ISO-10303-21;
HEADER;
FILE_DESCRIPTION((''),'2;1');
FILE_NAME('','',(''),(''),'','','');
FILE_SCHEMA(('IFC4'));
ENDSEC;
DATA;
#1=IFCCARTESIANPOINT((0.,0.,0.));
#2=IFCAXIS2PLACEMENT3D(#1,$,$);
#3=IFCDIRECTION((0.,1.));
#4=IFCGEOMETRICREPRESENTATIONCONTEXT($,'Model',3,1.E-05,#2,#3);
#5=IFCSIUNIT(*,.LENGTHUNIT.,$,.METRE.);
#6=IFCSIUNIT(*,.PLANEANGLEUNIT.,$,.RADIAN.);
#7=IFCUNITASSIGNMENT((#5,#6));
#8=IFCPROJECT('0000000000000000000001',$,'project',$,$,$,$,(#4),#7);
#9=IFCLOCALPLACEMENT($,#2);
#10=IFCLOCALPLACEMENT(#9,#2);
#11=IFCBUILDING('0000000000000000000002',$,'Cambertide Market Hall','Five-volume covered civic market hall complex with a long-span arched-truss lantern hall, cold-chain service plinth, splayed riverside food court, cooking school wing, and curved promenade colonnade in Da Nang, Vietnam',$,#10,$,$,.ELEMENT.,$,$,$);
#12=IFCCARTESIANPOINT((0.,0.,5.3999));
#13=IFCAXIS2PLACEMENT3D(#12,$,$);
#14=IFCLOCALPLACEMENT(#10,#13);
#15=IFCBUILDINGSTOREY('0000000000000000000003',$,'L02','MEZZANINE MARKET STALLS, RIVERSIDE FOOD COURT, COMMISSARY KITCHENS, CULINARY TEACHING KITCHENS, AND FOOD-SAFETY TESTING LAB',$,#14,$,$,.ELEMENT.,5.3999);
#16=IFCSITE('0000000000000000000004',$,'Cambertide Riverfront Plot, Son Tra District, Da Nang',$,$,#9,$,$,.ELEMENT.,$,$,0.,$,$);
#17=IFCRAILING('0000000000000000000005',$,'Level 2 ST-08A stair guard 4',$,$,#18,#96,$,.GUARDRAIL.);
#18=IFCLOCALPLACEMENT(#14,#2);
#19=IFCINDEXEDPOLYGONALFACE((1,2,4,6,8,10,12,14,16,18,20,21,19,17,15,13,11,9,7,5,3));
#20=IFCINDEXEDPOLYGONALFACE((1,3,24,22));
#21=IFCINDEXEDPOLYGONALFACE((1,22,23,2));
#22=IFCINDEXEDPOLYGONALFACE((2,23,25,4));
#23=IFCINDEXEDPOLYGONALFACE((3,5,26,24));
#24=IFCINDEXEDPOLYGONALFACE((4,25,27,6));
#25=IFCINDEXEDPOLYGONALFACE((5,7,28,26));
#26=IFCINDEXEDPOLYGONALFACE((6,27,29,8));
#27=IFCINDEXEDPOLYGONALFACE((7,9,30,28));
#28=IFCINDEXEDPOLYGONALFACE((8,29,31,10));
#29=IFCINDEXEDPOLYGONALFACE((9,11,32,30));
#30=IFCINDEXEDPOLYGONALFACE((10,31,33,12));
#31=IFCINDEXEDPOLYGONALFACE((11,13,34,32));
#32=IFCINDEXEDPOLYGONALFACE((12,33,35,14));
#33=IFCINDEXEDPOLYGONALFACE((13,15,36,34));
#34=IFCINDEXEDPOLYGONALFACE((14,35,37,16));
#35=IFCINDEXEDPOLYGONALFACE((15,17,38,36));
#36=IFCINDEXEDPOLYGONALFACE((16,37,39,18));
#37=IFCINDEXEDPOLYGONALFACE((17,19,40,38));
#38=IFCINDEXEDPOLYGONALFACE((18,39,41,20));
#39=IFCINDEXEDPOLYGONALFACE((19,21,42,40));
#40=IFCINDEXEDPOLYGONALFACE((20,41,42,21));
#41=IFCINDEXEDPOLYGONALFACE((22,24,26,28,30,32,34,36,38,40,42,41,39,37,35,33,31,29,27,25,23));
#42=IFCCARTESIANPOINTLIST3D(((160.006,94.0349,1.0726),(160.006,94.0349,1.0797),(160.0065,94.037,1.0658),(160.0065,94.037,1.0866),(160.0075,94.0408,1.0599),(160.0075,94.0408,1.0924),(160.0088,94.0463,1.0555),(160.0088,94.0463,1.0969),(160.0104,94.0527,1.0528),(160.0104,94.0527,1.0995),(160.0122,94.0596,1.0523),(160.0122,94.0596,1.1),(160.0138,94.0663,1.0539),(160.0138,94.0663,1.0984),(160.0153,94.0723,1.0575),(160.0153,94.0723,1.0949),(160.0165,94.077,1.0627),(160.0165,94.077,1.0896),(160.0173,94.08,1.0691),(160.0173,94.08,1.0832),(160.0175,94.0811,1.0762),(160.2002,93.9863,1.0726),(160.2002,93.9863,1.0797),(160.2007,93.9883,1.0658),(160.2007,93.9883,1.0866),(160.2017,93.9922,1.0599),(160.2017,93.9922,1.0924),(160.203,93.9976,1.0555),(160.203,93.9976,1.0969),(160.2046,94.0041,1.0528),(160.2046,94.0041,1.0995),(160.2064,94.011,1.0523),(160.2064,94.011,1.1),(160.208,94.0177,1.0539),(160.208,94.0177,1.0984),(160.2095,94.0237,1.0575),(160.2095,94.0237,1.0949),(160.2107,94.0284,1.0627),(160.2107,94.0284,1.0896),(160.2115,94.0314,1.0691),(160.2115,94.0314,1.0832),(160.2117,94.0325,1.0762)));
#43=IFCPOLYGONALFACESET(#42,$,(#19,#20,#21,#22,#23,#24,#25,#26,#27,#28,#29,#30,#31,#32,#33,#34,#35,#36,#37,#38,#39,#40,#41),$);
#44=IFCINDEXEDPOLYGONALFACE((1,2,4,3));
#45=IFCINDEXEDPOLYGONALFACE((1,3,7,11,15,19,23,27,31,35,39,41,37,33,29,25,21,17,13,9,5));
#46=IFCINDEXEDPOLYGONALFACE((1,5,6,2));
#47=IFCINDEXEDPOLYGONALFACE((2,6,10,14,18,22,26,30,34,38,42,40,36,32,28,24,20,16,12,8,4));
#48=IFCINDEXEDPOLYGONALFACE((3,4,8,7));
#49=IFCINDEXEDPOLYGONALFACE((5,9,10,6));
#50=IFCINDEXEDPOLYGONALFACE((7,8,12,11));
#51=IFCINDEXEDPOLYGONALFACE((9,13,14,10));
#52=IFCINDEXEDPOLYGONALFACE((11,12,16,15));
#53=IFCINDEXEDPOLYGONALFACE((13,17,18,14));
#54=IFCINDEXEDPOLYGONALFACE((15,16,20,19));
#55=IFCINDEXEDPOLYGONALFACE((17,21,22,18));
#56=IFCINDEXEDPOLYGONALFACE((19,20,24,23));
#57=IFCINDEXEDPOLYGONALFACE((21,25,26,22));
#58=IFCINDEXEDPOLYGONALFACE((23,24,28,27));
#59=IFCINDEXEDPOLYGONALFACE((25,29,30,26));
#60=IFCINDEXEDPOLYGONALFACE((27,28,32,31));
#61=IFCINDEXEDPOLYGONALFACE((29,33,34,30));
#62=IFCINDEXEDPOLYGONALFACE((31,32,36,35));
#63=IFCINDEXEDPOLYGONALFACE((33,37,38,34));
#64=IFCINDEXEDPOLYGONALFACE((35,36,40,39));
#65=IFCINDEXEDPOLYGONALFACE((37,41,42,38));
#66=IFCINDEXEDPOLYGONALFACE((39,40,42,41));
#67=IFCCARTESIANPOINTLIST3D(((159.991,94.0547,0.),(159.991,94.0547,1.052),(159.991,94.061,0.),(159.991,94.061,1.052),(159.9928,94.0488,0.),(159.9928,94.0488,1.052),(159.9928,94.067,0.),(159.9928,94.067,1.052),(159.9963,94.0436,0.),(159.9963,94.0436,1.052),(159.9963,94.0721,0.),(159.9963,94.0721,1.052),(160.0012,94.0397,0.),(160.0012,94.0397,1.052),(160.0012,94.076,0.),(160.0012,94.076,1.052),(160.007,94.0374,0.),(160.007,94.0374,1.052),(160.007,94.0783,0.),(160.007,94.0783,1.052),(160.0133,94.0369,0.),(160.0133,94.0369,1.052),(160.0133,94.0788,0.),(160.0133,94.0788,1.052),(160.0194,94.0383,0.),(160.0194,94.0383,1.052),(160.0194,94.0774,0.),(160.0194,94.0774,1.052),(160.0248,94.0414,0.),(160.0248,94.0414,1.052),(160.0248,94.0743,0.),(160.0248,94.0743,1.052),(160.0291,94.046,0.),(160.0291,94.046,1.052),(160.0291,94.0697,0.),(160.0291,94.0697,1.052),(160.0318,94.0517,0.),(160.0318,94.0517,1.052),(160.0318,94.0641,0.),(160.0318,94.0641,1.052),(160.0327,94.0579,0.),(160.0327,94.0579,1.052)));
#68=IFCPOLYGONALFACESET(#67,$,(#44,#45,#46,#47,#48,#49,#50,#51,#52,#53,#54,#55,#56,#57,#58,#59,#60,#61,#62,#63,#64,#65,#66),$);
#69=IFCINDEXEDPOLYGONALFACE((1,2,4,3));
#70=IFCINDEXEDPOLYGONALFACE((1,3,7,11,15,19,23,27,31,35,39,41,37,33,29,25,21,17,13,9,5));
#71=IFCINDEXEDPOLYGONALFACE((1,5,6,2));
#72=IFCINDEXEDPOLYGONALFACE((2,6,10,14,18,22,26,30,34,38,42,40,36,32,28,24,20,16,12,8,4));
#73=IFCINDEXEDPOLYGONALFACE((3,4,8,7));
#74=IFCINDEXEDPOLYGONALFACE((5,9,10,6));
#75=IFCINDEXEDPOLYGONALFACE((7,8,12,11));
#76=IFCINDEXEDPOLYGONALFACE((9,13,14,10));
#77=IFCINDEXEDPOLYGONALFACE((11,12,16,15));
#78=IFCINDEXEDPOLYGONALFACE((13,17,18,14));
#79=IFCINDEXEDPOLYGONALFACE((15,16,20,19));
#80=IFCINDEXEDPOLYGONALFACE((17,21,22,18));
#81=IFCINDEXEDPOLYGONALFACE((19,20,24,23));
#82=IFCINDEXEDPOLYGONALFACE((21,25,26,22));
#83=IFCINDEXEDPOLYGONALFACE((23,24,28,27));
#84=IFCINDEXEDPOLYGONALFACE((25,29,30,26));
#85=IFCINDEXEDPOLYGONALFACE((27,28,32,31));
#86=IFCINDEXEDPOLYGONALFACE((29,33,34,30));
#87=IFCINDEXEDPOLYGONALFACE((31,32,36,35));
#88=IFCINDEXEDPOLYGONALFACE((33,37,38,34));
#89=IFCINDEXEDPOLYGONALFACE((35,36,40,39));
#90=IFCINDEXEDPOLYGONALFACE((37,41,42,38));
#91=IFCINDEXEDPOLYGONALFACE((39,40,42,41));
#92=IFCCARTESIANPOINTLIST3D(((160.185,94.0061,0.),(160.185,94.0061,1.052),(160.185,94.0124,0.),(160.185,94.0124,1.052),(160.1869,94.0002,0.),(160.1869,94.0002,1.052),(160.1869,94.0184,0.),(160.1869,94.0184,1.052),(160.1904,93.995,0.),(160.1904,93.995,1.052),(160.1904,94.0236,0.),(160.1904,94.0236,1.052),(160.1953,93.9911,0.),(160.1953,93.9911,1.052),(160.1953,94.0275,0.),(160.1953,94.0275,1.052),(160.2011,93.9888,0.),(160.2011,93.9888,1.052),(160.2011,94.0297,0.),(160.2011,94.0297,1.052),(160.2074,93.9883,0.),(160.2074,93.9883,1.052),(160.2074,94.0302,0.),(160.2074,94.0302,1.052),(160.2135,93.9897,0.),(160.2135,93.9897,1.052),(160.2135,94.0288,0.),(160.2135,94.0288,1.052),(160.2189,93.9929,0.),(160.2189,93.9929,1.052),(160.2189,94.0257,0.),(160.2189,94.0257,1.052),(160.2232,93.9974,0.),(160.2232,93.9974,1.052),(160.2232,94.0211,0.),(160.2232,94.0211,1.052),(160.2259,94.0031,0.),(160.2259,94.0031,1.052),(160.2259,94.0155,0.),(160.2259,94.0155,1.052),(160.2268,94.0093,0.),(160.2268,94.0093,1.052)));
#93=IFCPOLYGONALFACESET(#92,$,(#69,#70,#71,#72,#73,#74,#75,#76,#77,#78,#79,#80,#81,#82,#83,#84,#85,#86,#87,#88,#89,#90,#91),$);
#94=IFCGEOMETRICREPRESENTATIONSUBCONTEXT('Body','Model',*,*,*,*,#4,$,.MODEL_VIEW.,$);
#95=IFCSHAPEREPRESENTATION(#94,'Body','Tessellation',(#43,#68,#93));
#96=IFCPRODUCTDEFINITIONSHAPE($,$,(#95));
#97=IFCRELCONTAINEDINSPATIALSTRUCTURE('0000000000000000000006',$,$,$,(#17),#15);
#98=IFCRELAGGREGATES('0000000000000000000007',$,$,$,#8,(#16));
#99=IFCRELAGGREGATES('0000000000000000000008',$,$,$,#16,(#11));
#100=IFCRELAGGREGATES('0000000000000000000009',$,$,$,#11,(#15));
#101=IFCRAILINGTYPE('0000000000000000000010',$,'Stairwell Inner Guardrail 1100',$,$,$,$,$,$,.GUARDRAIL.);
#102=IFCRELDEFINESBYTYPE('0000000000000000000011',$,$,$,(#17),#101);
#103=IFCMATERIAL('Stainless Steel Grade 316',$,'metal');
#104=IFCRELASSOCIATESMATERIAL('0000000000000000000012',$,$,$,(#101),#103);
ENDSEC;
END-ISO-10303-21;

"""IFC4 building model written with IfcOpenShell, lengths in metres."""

from ifc_helpers import new_model, si_unit, direction, frame, origin, origin_2d, place, context, subcontext, project, spatial, circle, extrude, material, type_object, element, save


model = new_model("IFC4")

# Units and contexts
model_context = context("Model", 3, precision=1e-05, world=origin(), true_north=direction((0.0, 1.0)))
body_context = subcontext(model_context, "Body", "Model", "MODEL_VIEW")
ifc_project = project(units=[si_unit("LENGTHUNIT", "METRE"), si_unit("PLANEANGLEUNIT", "RADIAN")], contexts=[model_context])

# Site, building, storey
site_placement = place(None, origin())
site = spatial("IfcSite", under=ifc_project, at=site_placement, Name="Cambertide Riverfront Plot, Son Tra District, Da Nang", CompositionType="ELEMENT", RefElevation=0.0)
building_placement = place(site_placement, origin())
building = spatial("IfcBuilding", under=site, at=building_placement, Name="Cambertide Market Hall", Description="Five-volume covered civic market hall complex with a long-span arched-truss lantern hall, cold-chain service plinth, splayed riverside food court, cooking school wing, and curved promenade colonnade in Da Nang, Vietnam", CompositionType="ELEMENT")
storey_placement = place(building_placement, frame((0.0, 0.0, 5.3999)))
storey = spatial("IfcBuildingStorey", under=building, at=storey_placement, Name="L02", Description="MEZZANINE MARKET STALLS, RIVERSIDE FOOD COURT, COMMISSARY KITCHENS, CULINARY TEACHING KITCHENS, AND FOOD-SAFETY TESTING LAB", CompositionType="ELEMENT", Elevation=5.3999)

# Railing
ifc_material_1 = material(Name="Stainless Steel Grade 316", Category="metal")
railing_type_1 = type_object("IfcRailingType", Name="Stairwell Inner Guardrail 1100", PredefinedType="GUARDRAIL", material=ifc_material_1)
railing_1_placement = place(storey_placement, frame((160.0117, 94.0579, 0.0)))
element("IfcRailing", 1, at=railing_1_placement, inside=storey, type_object=railing_type_1, Name="Level 2 ST-08A stair guard 4", PredefinedType="GUARDRAIL", context=body_context, shape_type="SweptSolid", body=[
    extrude(circle(Radius=0.0239, at=origin_2d()), frame((0.0, 0.0, 1.0762), z_axis=(0.970071, -0.242823, 0.0), x_axis=(0.242823, 0.970071, 0.0)), (0.0, 0.0, 1.0), 0.2002),
    extrude(circle(Radius=0.021, at=origin_2d()), origin(), (0.0, 0.0, 1.0), 1.052),
    extrude(circle(Radius=0.021, at=origin_2d()), frame((0.1941, -0.0486, 0.0)), (0.0, 0.0, 1.0), 1.052),
])

save(model, "model.ifc")
